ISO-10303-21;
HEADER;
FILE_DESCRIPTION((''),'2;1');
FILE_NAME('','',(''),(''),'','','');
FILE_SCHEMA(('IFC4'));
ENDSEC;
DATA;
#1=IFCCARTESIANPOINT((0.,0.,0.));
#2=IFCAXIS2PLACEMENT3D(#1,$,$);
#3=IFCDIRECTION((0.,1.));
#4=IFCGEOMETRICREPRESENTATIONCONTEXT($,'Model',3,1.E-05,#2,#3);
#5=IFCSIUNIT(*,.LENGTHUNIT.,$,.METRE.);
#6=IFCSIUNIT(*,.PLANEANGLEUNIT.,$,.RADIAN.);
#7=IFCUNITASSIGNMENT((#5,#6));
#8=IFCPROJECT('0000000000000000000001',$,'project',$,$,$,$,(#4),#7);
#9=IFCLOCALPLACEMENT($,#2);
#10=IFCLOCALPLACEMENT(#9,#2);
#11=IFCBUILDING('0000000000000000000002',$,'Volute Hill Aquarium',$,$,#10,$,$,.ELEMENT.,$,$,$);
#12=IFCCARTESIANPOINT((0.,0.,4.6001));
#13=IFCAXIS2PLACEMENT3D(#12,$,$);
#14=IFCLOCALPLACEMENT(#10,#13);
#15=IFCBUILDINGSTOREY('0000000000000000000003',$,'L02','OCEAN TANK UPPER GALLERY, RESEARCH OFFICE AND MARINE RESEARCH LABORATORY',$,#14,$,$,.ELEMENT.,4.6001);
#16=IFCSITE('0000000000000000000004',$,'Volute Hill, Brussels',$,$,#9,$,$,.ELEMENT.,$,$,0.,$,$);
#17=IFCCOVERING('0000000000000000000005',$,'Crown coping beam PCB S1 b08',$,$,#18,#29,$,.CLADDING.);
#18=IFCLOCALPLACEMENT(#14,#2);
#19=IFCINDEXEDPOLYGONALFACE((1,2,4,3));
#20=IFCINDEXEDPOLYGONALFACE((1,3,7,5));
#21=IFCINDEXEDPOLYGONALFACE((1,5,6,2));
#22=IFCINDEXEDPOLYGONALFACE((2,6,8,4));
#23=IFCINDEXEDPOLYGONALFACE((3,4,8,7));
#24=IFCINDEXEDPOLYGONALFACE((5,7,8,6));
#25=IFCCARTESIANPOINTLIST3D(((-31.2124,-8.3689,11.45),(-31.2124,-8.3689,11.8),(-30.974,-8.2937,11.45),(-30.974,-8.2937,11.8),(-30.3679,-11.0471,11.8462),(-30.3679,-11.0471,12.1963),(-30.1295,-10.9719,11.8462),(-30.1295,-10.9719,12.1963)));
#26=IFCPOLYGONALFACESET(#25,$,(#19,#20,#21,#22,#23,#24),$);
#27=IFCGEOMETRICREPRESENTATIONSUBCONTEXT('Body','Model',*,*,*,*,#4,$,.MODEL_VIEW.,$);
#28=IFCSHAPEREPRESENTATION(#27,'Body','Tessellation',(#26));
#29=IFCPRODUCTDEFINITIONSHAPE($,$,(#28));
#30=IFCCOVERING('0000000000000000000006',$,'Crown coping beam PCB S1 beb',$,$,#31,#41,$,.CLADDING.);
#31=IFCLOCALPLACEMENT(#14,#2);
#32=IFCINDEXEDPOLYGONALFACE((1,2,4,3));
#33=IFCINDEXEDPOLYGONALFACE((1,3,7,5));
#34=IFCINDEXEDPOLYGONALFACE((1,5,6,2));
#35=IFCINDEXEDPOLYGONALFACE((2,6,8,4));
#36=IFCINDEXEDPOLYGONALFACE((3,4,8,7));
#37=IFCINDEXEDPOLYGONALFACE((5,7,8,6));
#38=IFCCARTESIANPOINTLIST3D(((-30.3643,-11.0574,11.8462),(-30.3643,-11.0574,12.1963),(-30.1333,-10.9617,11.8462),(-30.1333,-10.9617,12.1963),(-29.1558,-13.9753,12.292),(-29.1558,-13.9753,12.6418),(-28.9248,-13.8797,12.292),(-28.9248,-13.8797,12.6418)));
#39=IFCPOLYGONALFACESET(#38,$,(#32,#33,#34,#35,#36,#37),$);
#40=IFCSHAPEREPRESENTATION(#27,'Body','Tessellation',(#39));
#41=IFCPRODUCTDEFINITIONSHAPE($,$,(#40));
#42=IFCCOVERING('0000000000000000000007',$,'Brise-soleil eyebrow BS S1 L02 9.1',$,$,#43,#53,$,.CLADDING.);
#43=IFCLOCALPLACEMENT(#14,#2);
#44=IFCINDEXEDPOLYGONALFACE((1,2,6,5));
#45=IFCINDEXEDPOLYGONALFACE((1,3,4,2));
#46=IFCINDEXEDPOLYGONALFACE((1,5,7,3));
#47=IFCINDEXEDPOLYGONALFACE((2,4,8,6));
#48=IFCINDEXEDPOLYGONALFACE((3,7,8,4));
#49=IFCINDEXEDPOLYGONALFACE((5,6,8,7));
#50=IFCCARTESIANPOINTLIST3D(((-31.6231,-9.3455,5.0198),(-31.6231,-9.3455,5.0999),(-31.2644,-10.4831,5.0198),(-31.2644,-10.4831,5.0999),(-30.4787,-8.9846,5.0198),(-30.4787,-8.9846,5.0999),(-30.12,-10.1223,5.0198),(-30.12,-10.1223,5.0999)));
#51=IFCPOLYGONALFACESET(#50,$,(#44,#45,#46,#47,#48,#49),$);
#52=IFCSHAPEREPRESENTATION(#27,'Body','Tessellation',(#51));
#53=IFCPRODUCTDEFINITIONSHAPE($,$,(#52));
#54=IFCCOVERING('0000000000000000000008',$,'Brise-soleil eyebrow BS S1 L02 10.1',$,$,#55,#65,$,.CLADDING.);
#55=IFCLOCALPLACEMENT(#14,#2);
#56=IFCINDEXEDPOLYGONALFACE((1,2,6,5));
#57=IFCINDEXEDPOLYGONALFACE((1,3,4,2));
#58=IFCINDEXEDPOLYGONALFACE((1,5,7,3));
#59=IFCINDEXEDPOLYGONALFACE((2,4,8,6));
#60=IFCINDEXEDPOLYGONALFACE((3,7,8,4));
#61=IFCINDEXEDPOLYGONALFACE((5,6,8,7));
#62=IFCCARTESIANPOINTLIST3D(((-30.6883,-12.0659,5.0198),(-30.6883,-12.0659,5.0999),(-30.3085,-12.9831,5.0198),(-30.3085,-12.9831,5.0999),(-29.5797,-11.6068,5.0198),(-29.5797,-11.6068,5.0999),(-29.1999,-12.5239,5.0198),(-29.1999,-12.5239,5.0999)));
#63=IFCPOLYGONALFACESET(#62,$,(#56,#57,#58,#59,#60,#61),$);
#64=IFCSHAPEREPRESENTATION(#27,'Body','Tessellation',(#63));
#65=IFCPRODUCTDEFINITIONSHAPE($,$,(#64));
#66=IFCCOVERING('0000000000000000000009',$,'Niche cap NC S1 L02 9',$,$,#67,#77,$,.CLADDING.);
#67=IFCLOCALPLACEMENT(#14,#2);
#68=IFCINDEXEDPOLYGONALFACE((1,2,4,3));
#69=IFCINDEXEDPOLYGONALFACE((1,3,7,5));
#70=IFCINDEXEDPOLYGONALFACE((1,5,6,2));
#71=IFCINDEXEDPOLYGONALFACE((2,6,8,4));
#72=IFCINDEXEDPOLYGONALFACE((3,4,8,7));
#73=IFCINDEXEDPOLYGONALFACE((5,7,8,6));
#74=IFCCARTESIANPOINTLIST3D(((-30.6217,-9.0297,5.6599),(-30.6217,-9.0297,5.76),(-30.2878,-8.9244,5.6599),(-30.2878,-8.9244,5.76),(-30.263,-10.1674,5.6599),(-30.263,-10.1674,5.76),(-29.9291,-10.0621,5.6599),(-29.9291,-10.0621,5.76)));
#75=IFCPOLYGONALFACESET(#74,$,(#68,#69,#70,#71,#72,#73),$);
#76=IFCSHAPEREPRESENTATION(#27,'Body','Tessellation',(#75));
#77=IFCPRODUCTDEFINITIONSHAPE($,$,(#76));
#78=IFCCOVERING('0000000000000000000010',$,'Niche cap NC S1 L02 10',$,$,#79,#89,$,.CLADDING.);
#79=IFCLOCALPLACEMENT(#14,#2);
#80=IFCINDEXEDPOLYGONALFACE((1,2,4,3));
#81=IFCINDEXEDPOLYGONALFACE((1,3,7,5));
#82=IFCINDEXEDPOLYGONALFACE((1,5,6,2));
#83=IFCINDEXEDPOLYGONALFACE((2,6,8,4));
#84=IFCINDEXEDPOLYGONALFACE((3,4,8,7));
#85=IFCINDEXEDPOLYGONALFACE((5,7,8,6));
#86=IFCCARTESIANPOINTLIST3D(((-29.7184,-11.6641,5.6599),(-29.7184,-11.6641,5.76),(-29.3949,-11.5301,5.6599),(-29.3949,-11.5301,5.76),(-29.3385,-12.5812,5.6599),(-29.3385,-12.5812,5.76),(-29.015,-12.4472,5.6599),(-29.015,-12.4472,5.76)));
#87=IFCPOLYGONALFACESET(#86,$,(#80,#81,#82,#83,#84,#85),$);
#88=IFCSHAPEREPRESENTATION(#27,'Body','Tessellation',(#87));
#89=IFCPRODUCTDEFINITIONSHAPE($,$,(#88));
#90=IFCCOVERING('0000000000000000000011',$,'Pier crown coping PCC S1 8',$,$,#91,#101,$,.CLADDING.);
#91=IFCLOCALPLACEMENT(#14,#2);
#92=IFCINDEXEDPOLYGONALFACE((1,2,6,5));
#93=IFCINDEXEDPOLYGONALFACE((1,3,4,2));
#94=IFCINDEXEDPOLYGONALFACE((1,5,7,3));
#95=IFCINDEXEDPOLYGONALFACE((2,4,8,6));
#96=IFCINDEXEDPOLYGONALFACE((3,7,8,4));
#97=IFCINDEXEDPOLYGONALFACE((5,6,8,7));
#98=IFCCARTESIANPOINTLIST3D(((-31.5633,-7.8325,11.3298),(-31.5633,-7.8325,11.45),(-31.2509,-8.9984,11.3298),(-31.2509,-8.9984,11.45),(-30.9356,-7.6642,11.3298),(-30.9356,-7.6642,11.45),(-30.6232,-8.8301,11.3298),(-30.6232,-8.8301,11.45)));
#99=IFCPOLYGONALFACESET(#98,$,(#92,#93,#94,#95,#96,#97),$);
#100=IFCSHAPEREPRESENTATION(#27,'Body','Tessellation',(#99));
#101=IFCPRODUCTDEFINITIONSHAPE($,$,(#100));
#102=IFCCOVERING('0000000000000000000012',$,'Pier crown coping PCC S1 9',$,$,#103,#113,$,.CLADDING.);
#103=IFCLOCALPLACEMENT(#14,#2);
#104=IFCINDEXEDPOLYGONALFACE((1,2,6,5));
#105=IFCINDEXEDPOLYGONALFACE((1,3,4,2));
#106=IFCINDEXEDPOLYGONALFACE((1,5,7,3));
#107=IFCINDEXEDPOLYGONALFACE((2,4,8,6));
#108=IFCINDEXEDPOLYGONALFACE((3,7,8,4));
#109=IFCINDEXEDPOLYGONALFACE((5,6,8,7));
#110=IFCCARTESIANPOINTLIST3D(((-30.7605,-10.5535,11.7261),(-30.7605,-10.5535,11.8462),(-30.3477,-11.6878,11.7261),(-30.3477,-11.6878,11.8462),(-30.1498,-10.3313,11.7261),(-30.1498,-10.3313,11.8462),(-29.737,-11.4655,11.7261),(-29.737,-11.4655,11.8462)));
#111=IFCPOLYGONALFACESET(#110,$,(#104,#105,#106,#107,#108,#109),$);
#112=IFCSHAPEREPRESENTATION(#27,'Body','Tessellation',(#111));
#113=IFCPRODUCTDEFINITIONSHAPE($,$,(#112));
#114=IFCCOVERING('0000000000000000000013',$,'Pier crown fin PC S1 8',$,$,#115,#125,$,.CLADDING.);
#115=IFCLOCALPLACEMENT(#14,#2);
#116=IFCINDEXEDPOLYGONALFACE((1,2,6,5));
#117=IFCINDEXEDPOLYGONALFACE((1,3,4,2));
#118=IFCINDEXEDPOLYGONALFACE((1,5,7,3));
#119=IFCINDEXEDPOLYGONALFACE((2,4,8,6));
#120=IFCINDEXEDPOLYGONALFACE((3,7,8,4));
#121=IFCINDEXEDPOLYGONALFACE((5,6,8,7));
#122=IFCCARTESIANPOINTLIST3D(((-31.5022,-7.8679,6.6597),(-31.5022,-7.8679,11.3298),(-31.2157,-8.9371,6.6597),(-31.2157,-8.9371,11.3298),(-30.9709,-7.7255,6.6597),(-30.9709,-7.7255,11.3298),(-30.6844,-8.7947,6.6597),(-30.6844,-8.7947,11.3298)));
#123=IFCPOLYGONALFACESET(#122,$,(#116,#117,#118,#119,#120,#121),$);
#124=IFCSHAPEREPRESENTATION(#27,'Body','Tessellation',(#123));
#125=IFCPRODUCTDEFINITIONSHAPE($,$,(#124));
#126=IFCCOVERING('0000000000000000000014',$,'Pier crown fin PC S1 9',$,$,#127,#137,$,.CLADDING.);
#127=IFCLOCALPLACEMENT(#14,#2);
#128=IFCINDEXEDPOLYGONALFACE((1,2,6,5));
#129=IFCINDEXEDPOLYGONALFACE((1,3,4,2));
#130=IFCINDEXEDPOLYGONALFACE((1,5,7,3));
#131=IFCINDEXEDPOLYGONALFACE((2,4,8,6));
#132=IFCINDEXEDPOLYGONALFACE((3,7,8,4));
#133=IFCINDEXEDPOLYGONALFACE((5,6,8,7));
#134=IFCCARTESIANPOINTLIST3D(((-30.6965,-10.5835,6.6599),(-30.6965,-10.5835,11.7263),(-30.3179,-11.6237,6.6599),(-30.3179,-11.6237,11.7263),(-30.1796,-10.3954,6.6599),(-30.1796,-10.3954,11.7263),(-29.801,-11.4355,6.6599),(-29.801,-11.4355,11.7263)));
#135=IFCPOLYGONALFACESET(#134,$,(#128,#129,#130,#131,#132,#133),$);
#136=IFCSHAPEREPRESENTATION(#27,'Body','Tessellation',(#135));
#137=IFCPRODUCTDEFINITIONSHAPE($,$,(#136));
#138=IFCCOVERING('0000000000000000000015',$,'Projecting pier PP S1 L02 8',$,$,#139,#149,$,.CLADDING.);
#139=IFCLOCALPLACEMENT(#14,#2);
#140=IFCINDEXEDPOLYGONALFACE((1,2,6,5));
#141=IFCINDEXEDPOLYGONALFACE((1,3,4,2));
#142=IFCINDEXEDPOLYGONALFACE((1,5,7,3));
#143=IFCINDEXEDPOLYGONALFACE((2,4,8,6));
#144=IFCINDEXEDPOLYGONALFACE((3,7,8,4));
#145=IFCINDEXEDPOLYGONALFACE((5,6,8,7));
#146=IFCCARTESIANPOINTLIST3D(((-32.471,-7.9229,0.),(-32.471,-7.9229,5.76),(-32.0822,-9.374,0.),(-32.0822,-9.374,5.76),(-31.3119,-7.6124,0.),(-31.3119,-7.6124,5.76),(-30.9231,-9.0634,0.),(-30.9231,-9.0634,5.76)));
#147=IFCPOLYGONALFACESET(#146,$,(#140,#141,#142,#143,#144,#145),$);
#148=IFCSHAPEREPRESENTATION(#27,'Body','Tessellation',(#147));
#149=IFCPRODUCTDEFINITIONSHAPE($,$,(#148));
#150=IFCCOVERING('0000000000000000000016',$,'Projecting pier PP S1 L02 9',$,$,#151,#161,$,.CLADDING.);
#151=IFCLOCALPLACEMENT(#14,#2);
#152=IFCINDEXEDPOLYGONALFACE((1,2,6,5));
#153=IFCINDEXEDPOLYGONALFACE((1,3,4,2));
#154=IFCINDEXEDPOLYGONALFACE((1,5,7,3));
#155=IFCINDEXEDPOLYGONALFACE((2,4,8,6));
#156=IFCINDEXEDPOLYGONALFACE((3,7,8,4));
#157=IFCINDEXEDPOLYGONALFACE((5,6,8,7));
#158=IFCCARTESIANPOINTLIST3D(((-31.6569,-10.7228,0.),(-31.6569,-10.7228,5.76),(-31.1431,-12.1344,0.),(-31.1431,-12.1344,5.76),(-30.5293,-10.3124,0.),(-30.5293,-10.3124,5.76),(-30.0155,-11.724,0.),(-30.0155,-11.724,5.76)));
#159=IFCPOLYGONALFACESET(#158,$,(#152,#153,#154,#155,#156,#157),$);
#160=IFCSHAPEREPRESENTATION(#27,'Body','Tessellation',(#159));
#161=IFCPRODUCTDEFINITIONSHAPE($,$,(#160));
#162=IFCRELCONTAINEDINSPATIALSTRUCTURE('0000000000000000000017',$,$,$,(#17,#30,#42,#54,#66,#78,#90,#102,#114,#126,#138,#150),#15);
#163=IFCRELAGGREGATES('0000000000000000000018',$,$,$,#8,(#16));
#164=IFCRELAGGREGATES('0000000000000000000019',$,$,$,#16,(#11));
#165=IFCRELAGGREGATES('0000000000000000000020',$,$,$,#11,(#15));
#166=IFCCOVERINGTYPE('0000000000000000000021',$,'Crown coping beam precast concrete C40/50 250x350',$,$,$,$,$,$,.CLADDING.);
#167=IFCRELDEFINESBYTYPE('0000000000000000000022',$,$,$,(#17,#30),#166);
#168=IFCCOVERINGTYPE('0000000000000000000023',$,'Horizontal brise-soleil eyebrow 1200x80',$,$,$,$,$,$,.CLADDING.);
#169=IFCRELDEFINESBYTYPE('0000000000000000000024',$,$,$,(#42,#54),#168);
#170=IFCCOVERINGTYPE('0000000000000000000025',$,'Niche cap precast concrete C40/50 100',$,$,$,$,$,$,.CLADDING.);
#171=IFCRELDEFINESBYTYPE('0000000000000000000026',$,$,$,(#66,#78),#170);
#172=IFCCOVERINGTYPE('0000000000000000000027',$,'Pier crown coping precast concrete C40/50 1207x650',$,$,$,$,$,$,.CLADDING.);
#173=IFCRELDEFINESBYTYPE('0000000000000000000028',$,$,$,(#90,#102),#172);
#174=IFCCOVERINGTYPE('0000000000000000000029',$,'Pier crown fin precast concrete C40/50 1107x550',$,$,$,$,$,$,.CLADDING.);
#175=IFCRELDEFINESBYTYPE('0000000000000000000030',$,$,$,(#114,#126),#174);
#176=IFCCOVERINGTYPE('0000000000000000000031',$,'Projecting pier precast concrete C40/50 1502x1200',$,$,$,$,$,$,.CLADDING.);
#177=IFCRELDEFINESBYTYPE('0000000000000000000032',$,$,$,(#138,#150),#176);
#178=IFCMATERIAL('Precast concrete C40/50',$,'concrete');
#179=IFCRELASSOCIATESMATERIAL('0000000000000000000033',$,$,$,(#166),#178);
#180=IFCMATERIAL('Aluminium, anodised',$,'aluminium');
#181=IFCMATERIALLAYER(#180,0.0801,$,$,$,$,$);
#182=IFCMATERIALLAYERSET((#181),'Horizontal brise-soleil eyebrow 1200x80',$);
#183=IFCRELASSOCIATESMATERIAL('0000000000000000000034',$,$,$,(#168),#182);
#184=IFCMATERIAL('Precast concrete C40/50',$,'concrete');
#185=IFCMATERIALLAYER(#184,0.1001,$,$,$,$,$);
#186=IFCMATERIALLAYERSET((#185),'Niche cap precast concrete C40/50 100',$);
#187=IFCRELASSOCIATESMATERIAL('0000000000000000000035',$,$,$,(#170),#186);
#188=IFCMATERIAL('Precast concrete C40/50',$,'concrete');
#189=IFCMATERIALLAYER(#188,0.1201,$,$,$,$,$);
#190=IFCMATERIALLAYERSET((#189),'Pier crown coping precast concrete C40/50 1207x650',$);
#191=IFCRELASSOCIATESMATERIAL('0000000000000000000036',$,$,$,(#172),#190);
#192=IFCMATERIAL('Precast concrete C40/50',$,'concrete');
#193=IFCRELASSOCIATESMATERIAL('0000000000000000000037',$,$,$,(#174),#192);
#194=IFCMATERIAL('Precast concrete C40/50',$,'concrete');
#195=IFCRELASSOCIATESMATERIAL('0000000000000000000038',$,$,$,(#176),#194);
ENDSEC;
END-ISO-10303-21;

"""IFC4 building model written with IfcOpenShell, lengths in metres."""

from ifc_helpers import new_model, si_unit, direction, frame, origin, origin_2d, place, context, subcontext, project, spatial, polyline, rectangle, outline, extrude, material, layer, layer_set, type_object, element, save


model = new_model("IFC4")

# Units and contexts
model_context = context("Model", 3, precision=1e-05, world=origin(), true_north=direction((0.0, 1.0)))
body_context = subcontext(model_context, "Body", "Model", "MODEL_VIEW")
ifc_project = project(units=[si_unit("LENGTHUNIT", "METRE"), si_unit("PLANEANGLEUNIT", "RADIAN")], contexts=[model_context])

# Site, building, storey
site_placement = place(None, origin())
site = spatial("IfcSite", under=ifc_project, at=site_placement, Name="Volute Hill, Brussels", CompositionType="ELEMENT", RefElevation=0.0)
building_placement = place(site_placement, origin())
building = spatial("IfcBuilding", under=site, at=building_placement, Name="Volute Hill Aquarium", CompositionType="ELEMENT")
storey_placement = place(building_placement, frame((0.0, 0.0, 4.6001)))
storey = spatial("IfcBuildingStorey", under=building, at=storey_placement, Name="L02", Description="OCEAN TANK UPPER GALLERY, RESEARCH OFFICE AND MARINE RESEARCH LABORATORY", CompositionType="ELEMENT", Elevation=4.6001)

# Coverings
ifc_material_1 = material(Name="Precast concrete C40/50", Category="concrete")
covering_type_1 = type_object("IfcCoveringType", Name="Crown coping beam precast concrete C40/50 250x350", PredefinedType="CLADDING", material=ifc_material_1)
covering_1_placement = place(storey_placement, frame((-31.2124, -8.3689, 11.45), z_axis=(-0.953713, -0.300719, 0.0), x_axis=(0.29777, -0.944358, 0.139717)))
element("IfcCovering", 1, at=covering_1_placement, inside=storey, type_object=covering_type_1, Name="Crown coping beam PCB S1 b08", PredefinedType="CLADDING", context=body_context, shape_type="SweptSolid", body=[
    extrude(outline(polyline([(0.0, 0.0), (2.836, 0.0), (2.8849, 0.3467), (0.0489, 0.3467), (0.0, 0.0)])), origin(), (0.0, 0.0, -1.0), 0.25),
])
covering_2_placement = place(storey_placement, frame((-30.3643, -11.0574, 11.8462), z_axis=(-0.923898, -0.382639, 0.0), x_axis=(0.378883, -0.91483, 0.139766)))
element("IfcCovering", 2, at=covering_2_placement, inside=storey, type_object=covering_type_1, Name="Crown coping beam PCB S1 beb", PredefinedType="CLADDING", context=body_context, shape_type="SweptSolid", body=[
    extrude(outline(polyline([(0.0, 0.0), (3.1896, 0.0), (3.2385, 0.3464), (0.0489, 0.3467), (0.0, 0.0)])), origin(), (0.0, 0.0, -1.0), 0.25),
])
ifc_material_2 = material(Name="Aluminium, anodised", Category="aluminium")
ifc_layer_1 = layer(ifc_material_2, 0.0801)
ifc_layer_set_1 = layer_set([ifc_layer_1], Name="Horizontal brise-soleil eyebrow 1200x80")
covering_type_2 = type_object("IfcCoveringType", Name="Horizontal brise-soleil eyebrow 1200x80", PredefinedType="CLADDING", material=ifc_layer_set_1)
covering_3_placement = place(storey_placement, frame((-30.8716, -9.7339, 5.0198), z_axis=(0.0, 0.0, 1.0), x_axis=(0.3007, -0.953719, 0.0)))
element("IfcCovering", 3, at=covering_3_placement, inside=storey, type_object=covering_type_2, Name="Brise-soleil eyebrow BS S1 L02 9.1", PredefinedType="CLADDING", context=body_context, shape_type="SweptSolid", body=[
    extrude(rectangle(XDim=1.1929, YDim=1.2, at=origin_2d()), origin(), (0.0, 0.0, 1.0), 0.0801),
])
covering_4_placement = place(storey_placement, frame((-29.9441, -12.2949, 5.0198), z_axis=(0.0, 0.0, 1.0), x_axis=(0.382662, -0.923889, 0.0)))
element("IfcCovering", 4, at=covering_4_placement, inside=storey, type_object=covering_type_2, Name="Brise-soleil eyebrow BS S1 L02 10.1", PredefinedType="CLADDING", context=body_context, shape_type="SweptSolid", body=[
    extrude(rectangle(XDim=0.9927, YDim=1.2, at=origin_2d()), origin(), (0.0, 0.0, 1.0), 0.0801),
])
ifc_material_3 = material(Name="Precast concrete C40/50", Category="concrete")
ifc_layer_2 = layer(ifc_material_3, 0.1001)
ifc_layer_set_2 = layer_set([ifc_layer_2], Name="Niche cap precast concrete C40/50 100")
covering_type_3 = type_object("IfcCoveringType", Name="Niche cap precast concrete C40/50 100", PredefinedType="CLADDING", material=ifc_layer_set_2)
covering_5_placement = place(storey_placement, frame((-30.2754, -9.5459, 5.6599), z_axis=(0.0, 0.0, 1.0), x_axis=(0.3007, -0.953719, 0.0)))
element("IfcCovering", 5, at=covering_5_placement, inside=storey, type_object=covering_type_3, Name="Niche cap NC S1 L02 9", PredefinedType="CLADDING", context=body_context, shape_type="SweptSolid", body=[
    extrude(rectangle(XDim=1.1929, YDim=0.3501, at=origin_2d()), origin(), (0.0, 0.0, 1.0), 0.1001),
])
covering_6_placement = place(storey_placement, frame((-29.3667, -12.0557, 5.6599), z_axis=(0.0, 0.0, 1.0), x_axis=(0.382662, -0.923889, 0.0)))
element("IfcCovering", 6, at=covering_6_placement, inside=storey, type_object=covering_type_3, Name="Niche cap NC S1 L02 10", PredefinedType="CLADDING", context=body_context, shape_type="SweptSolid", body=[
    extrude(rectangle(XDim=0.9927, YDim=0.3501, at=origin_2d()), origin(), (0.0, 0.0, 1.0), 0.1001),
])
ifc_material_4 = material(Name="Precast concrete C40/50", Category="concrete")
ifc_layer_3 = layer(ifc_material_4, 0.1201)
ifc_layer_set_3 = layer_set([ifc_layer_3], Name="Pier crown coping precast concrete C40/50 1207x650")
covering_type_4 = type_object("IfcCoveringType", Name="Pier crown coping precast concrete C40/50 1207x650", PredefinedType="CLADDING", material=ifc_layer_set_3)
for number, where, z_axis, x_axis, name in (
    (7, (-31.0933, -8.3313, 11.3298), (0.0, 0.0, 1.0), (0.258819, -0.965926, 0.0), "Pier crown coping PCC S1 8"),
    (8, (-30.2488, -11.0095, 11.7261), (0.0, 0.0, 1.0), (0.34202, -0.939693, 0.0), "Pier crown coping PCC S1 9"),
):
    element("IfcCovering", number, at=place(storey_placement, frame(where, z_axis=z_axis, x_axis=x_axis)), inside=storey, type_object=covering_type_4, Name=name, PredefinedType="CLADDING", context=body_context, shape_type="SweptSolid", body=[
        extrude(rectangle(XDim=1.207, YDim=0.6499, at=origin_2d()), origin(), (0.0, 0.0, 1.0), 0.1201),
    ])
ifc_material_5 = material(Name="Precast concrete C40/50", Category="concrete")
covering_type_5 = type_object("IfcCoveringType", Name="Pier crown fin precast concrete C40/50 1107x550", PredefinedType="CLADDING", material=ifc_material_5)
covering_7_placement = place(storey_placement, frame((-31.0933, -8.3313, 6.6597), z_axis=(0.0, 0.0, 1.0), x_axis=(0.258819, -0.965926, 0.0)))
element("IfcCovering", 9, at=covering_7_placement, inside=storey, type_object=covering_type_5, Name="Pier crown fin PC S1 8", PredefinedType="CLADDING", context=body_context, shape_type="SweptSolid", body=[
    extrude(rectangle(XDim=1.1069, YDim=0.55, at=origin_2d()), origin(), (0.0, 0.0, 1.0), 4.6702),
])
covering_8_placement = place(storey_placement, frame((-30.2488, -11.0095, 6.6599), z_axis=(0.0, 0.0, 1.0), x_axis=(0.34202, -0.939693, 0.0)))
element("IfcCovering", 10, at=covering_8_placement, inside=storey, type_object=covering_type_5, Name="Pier crown fin PC S1 9", PredefinedType="CLADDING", context=body_context, shape_type="SweptSolid", body=[
    extrude(rectangle(XDim=1.1069, YDim=0.55, at=origin_2d()), origin(), (0.0, 0.0, 1.0), 5.0664),
])
ifc_material_6 = material(Name="Precast concrete C40/50", Category="concrete")
covering_type_6 = type_object("IfcCoveringType", Name="Projecting pier precast concrete C40/50 1502x1200", PredefinedType="CLADDING", material=ifc_material_6)
for number, where, z_axis, x_axis, name in (
    (11, (-31.697, -8.4932, 0.0), (0.0, 0.0, 1.0), (0.258819, -0.965926, 0.0), "Projecting pier PP S1 L02 8"),
    (12, (-30.8362, -11.2234, 0.0), (0.0, 0.0, 1.0), (0.34202, -0.939693, 0.0), "Projecting pier PP S1 L02 9"),
):
    element("IfcCovering", number, at=place(storey_placement, frame(where, z_axis=z_axis, x_axis=x_axis)), inside=storey, type_object=covering_type_6, Name=name, PredefinedType="CLADDING", context=body_context, shape_type="SweptSolid", body=[
        extrude(rectangle(XDim=1.5022, YDim=1.2, at=origin_2d()), origin(), (0.0, 0.0, 1.0), 5.76),
    ])

save(model, "model.ifc")
